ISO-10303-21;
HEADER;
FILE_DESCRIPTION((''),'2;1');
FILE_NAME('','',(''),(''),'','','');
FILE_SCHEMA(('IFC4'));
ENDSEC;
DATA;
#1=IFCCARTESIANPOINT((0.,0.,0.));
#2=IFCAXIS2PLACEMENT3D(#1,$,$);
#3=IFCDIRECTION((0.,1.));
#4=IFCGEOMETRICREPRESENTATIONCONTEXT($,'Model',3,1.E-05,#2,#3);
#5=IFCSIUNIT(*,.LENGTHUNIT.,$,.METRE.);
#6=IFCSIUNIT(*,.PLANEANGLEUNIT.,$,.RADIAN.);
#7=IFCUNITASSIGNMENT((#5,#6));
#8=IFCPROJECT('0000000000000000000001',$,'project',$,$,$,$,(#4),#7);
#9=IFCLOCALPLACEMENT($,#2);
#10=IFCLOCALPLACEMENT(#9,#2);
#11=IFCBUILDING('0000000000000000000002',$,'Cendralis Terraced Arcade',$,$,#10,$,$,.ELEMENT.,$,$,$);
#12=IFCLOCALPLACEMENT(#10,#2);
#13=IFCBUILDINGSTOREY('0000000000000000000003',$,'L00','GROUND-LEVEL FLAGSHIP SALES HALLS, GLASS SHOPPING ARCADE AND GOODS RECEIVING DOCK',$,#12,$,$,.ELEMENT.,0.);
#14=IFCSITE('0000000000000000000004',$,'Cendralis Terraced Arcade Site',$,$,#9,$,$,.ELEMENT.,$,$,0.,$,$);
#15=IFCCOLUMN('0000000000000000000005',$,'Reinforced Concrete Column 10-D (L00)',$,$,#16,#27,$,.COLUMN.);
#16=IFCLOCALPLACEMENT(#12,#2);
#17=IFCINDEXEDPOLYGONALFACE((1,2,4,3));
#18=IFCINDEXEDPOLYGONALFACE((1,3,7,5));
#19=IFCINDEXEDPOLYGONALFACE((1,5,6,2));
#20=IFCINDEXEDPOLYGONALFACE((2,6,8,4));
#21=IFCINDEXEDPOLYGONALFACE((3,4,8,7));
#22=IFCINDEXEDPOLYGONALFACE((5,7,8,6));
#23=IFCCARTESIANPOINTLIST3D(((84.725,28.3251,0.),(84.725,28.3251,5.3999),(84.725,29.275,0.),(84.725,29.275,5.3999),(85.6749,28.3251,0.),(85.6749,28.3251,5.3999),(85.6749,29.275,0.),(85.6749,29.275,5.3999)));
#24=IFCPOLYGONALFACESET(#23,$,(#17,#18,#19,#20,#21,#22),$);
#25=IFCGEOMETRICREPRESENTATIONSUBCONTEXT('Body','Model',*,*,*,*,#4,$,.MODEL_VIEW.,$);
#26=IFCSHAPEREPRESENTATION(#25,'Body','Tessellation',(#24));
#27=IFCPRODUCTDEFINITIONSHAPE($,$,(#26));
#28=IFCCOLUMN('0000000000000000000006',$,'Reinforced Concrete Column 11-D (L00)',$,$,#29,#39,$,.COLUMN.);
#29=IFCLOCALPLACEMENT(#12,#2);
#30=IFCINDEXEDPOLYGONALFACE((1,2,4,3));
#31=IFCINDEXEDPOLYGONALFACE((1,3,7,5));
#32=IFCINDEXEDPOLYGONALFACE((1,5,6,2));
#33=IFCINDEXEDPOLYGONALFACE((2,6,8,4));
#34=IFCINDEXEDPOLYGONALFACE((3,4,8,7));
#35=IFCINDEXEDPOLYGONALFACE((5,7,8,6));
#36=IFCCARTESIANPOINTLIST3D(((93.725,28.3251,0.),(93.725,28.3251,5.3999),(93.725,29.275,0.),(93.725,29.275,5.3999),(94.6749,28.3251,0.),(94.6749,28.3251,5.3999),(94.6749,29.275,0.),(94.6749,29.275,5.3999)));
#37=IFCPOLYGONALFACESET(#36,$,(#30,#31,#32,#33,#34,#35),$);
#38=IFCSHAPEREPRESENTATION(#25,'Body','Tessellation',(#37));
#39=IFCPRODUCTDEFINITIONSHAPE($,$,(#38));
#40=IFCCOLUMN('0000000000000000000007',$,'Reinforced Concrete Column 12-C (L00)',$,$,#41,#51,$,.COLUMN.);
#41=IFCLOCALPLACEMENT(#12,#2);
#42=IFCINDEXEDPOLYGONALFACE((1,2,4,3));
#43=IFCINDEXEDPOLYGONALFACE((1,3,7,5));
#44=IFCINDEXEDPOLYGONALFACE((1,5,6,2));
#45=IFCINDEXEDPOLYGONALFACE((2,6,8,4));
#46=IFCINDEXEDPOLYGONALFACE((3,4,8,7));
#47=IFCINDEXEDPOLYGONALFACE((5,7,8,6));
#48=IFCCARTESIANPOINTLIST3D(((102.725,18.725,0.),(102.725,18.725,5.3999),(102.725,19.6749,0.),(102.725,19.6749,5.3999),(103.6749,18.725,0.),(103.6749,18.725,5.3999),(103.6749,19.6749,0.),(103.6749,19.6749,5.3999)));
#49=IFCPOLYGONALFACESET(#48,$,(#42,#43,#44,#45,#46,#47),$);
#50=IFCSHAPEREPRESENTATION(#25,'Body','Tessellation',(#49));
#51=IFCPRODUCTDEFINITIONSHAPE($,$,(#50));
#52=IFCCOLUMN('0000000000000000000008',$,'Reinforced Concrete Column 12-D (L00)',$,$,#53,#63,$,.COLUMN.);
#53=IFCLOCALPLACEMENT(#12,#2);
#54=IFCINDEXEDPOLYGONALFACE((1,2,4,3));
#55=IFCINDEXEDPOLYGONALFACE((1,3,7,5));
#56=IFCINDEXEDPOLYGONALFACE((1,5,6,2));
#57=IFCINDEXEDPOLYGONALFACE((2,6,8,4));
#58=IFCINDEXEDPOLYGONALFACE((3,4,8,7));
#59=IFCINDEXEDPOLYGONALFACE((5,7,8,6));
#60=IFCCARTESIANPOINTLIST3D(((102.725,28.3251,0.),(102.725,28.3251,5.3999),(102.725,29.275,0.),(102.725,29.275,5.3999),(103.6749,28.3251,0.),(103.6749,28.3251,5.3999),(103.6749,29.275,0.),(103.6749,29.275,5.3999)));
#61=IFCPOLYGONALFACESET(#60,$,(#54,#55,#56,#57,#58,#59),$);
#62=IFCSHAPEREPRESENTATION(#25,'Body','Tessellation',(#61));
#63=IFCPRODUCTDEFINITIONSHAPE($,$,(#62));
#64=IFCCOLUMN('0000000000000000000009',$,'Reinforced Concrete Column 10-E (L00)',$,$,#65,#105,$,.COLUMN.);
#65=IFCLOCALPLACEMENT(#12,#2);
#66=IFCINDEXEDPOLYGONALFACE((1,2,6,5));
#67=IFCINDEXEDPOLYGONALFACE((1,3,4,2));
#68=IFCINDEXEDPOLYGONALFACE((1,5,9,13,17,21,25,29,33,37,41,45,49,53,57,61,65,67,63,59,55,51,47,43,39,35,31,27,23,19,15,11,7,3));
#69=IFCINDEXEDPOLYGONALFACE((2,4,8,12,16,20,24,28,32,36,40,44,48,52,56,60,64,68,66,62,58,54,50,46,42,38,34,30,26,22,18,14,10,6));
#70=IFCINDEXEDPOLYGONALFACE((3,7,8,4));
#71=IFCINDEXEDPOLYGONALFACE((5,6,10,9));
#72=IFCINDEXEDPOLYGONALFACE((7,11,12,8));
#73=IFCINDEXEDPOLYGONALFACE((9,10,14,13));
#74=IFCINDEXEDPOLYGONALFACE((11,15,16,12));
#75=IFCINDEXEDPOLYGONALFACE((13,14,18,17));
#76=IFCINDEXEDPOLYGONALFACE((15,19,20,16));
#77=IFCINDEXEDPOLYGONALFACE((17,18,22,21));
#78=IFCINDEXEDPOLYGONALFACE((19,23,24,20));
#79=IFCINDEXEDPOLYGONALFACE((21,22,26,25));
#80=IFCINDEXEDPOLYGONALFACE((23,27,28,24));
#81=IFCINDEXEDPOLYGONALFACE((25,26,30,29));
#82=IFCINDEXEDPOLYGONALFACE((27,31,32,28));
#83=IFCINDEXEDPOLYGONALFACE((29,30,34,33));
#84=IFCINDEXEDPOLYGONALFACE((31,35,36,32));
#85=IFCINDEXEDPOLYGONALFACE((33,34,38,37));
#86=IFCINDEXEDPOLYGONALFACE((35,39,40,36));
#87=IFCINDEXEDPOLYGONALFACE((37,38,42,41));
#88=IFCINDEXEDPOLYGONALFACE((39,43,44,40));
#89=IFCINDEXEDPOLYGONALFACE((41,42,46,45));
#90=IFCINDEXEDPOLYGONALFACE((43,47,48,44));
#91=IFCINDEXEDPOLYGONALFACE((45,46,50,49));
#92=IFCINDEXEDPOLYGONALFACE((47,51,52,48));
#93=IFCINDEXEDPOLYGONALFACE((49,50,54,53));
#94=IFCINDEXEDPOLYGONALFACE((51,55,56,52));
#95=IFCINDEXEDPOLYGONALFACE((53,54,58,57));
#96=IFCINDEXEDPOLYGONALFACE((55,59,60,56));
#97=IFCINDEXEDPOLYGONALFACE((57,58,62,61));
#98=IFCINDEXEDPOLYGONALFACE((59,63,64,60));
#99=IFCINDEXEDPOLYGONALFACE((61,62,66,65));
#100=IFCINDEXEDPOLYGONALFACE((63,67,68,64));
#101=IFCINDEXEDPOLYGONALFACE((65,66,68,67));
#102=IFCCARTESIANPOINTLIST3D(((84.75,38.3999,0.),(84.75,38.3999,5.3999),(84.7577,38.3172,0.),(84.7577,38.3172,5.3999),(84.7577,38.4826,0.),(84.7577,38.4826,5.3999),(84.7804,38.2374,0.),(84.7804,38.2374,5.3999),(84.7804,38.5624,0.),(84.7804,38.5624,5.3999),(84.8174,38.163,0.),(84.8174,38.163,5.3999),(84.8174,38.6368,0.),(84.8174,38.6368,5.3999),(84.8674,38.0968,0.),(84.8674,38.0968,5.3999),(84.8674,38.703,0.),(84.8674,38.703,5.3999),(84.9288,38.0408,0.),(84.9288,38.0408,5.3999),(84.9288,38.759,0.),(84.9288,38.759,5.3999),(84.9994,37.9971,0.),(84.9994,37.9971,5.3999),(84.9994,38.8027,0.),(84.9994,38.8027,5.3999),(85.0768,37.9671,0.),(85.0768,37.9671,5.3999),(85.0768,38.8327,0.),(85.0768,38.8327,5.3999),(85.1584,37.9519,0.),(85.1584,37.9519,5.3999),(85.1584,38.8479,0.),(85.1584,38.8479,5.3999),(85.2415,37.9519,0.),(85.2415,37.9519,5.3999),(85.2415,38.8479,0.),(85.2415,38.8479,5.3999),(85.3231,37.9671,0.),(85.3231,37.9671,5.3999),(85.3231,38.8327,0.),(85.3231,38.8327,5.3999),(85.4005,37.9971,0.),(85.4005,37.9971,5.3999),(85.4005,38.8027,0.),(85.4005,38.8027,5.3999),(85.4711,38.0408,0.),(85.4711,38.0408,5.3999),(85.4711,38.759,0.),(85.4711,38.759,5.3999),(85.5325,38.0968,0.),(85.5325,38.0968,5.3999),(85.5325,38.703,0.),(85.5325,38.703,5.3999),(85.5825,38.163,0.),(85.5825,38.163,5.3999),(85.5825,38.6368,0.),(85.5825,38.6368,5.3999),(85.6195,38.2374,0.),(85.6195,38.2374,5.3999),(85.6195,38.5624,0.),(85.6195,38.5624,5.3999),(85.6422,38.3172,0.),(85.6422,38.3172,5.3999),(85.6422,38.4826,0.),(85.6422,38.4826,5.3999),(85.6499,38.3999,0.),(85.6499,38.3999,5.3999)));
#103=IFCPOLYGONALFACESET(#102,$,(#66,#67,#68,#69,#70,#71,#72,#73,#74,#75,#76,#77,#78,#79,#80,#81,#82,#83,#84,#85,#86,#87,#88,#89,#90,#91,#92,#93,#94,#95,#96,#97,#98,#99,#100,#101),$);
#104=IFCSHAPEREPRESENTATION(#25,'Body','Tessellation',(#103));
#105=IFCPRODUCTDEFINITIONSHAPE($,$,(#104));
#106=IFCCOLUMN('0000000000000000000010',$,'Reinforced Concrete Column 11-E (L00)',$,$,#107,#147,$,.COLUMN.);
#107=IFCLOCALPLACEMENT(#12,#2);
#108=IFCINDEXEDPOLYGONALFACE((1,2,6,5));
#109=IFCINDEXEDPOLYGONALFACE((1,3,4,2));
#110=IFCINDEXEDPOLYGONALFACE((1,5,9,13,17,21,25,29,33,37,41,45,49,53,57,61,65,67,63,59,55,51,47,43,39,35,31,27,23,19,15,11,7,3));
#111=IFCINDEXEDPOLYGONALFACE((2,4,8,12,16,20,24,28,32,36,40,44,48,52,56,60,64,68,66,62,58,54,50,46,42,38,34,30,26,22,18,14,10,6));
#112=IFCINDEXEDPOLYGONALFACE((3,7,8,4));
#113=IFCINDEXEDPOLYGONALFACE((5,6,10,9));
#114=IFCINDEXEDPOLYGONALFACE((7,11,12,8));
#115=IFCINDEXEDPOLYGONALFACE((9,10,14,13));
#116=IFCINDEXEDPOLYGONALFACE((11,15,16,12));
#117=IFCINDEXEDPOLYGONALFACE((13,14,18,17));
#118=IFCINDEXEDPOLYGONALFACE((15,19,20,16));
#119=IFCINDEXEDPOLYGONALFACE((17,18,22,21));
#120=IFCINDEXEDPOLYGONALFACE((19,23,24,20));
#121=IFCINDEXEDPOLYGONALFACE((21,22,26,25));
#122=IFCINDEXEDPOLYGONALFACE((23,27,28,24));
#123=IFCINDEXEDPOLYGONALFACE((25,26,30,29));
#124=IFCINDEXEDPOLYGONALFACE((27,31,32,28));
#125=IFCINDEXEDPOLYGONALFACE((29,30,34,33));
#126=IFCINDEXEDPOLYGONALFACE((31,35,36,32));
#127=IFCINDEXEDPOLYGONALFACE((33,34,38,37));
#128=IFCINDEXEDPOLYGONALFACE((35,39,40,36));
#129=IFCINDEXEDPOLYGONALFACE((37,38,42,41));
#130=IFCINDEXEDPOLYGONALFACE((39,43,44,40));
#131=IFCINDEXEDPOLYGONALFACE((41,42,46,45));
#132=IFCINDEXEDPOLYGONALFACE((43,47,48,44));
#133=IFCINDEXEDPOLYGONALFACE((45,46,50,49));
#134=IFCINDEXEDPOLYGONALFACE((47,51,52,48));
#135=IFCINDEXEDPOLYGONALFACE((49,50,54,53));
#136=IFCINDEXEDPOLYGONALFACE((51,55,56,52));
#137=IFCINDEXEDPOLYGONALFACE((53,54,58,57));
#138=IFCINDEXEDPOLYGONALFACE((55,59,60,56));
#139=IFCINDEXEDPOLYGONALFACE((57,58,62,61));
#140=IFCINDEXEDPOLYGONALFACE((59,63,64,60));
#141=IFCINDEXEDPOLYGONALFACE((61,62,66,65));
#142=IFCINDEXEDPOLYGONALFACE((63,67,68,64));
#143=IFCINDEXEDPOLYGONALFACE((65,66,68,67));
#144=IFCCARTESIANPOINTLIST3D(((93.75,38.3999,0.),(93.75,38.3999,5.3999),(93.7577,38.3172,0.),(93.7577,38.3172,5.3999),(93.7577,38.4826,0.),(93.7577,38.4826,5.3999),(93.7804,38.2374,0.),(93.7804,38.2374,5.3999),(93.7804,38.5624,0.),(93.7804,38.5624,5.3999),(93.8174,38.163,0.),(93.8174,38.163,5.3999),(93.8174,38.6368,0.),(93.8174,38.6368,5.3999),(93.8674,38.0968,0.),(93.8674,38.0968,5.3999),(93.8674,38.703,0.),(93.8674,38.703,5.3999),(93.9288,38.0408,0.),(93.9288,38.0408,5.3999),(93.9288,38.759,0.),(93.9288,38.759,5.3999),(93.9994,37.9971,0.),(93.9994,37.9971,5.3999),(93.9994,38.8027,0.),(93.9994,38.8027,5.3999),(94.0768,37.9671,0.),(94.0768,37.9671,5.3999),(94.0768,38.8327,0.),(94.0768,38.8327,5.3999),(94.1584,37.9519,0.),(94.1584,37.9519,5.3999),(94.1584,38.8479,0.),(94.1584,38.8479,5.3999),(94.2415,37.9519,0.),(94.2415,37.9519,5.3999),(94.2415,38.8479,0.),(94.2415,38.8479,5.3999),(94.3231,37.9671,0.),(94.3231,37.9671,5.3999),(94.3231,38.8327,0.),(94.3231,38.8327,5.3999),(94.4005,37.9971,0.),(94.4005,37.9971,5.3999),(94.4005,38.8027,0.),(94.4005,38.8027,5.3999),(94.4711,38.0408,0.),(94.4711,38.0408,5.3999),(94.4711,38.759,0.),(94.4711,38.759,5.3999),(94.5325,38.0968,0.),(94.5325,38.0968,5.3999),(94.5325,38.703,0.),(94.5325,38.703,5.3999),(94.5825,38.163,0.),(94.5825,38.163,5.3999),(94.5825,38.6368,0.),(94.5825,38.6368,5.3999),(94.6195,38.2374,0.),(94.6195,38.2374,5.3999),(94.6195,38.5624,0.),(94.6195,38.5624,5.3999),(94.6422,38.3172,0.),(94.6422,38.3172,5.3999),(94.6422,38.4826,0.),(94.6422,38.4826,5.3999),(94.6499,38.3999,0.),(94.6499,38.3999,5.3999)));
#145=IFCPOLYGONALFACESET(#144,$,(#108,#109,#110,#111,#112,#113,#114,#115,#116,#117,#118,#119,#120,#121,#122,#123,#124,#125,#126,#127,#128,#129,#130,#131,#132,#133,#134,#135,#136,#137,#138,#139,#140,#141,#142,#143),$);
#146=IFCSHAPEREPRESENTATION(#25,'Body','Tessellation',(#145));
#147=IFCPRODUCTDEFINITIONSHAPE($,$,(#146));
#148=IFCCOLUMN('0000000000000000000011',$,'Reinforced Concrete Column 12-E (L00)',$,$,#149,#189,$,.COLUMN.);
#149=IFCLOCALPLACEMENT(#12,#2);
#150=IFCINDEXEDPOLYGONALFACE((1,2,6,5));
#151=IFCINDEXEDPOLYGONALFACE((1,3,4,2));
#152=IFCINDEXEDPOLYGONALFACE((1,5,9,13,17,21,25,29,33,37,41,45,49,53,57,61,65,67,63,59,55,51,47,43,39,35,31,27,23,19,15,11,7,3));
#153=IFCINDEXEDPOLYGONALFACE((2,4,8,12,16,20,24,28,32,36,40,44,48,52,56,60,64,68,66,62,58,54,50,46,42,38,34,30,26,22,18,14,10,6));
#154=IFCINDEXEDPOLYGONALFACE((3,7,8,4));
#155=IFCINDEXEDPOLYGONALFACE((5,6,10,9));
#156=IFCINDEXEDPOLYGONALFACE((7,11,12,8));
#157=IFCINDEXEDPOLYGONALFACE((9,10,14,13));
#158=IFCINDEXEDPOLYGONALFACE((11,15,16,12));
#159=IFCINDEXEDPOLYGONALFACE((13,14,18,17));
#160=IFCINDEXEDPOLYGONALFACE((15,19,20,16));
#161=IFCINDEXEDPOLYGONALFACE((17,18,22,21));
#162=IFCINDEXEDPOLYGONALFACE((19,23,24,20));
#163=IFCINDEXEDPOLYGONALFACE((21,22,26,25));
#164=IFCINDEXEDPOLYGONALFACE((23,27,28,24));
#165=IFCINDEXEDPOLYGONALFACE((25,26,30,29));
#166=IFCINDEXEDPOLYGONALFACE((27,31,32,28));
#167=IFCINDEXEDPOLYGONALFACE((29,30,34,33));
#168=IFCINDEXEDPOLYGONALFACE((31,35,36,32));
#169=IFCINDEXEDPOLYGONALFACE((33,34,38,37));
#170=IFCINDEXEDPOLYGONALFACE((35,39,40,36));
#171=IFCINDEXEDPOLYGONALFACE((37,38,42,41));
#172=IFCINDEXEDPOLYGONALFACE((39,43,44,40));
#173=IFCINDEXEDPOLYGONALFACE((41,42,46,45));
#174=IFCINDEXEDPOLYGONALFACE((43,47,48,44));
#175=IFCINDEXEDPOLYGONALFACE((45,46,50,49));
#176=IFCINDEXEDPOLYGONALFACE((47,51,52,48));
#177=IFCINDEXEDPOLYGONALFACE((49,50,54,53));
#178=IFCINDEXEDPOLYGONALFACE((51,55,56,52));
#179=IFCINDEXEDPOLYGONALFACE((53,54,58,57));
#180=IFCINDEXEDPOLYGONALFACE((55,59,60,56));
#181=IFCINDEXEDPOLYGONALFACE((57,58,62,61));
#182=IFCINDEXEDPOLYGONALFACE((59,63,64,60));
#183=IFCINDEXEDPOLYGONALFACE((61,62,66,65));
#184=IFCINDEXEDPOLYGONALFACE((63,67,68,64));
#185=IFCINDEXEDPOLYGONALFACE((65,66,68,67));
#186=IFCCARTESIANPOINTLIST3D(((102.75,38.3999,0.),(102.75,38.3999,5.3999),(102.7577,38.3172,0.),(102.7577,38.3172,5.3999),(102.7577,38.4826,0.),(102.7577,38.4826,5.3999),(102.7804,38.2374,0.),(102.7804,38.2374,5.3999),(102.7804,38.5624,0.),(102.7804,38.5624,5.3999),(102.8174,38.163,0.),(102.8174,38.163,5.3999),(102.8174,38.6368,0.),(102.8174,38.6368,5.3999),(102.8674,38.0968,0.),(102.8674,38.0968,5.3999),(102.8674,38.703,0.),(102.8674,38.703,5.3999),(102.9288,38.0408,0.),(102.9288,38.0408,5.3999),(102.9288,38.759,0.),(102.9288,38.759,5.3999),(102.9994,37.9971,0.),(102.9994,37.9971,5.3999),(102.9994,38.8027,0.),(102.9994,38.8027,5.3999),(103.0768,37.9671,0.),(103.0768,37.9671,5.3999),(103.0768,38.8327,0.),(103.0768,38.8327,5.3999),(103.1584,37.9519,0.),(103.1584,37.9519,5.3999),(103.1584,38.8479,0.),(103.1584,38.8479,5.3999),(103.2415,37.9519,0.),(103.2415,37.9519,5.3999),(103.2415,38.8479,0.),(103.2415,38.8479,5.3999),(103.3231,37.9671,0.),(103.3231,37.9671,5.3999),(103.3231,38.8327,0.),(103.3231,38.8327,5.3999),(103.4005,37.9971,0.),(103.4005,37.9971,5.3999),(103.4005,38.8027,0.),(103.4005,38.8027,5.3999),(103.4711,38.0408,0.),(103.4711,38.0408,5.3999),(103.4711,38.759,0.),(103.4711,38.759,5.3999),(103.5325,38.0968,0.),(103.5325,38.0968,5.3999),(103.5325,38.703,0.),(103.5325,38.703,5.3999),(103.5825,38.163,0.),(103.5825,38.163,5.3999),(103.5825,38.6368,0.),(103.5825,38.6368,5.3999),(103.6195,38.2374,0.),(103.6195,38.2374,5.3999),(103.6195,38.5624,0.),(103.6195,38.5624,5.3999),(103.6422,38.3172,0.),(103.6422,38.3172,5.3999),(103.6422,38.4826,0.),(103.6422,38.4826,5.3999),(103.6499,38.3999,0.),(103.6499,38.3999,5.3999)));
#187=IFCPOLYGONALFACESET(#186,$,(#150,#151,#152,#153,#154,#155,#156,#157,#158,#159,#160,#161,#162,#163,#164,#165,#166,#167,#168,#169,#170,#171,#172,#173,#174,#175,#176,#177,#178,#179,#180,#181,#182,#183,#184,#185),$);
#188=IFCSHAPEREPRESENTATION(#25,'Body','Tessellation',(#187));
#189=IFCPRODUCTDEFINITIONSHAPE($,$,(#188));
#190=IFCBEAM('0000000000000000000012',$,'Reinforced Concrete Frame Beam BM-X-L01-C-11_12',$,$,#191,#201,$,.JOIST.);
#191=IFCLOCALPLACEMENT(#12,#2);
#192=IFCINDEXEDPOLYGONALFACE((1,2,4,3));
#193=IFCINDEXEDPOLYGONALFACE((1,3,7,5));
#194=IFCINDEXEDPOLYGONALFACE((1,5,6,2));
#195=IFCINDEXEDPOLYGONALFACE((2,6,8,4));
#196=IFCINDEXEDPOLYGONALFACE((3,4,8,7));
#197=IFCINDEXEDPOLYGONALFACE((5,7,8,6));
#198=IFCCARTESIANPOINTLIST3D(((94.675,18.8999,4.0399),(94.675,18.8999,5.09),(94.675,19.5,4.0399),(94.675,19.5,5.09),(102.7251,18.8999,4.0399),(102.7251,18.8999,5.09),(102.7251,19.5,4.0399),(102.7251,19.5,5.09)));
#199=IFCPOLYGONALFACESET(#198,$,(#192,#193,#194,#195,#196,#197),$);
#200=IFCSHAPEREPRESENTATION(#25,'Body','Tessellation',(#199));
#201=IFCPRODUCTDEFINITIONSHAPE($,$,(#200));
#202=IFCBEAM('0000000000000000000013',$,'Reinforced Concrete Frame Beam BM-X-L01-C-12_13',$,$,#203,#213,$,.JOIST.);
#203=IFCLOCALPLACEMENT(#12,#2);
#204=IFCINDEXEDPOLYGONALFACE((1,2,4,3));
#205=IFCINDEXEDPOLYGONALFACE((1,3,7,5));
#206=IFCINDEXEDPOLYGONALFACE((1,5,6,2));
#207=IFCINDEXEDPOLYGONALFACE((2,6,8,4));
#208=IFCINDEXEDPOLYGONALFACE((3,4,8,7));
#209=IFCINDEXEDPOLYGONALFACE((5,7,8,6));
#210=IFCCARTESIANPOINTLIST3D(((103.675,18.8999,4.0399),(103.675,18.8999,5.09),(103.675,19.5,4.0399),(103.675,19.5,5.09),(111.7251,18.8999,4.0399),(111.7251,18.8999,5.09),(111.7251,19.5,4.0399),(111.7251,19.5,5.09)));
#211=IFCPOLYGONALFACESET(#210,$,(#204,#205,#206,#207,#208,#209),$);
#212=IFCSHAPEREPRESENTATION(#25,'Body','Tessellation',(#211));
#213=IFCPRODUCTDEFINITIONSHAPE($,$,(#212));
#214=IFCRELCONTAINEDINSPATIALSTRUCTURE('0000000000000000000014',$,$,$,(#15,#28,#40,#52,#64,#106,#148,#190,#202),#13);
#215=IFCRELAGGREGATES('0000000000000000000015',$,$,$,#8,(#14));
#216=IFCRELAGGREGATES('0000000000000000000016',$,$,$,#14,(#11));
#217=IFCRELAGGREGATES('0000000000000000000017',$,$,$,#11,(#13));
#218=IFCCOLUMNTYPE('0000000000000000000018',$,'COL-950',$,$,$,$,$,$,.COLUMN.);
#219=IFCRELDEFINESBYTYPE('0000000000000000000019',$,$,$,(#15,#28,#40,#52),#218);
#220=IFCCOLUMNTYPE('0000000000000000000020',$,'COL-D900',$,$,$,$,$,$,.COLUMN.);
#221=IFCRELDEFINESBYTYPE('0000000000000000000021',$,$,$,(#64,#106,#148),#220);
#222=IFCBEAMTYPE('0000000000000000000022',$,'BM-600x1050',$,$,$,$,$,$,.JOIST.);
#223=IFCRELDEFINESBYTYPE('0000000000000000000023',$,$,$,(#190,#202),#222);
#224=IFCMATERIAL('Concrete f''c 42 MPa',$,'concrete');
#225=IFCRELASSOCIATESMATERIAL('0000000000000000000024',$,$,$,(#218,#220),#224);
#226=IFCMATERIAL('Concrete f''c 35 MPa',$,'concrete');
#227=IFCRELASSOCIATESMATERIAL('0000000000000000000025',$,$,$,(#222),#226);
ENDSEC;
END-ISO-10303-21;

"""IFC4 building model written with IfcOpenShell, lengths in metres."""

from ifc_helpers import new_model, si_unit, direction, frame, origin, origin_2d, place, context, subcontext, project, spatial, rectangle, circle, extrude, material, material_profile, profile_set, type_object, element, save


model = new_model("IFC4")

# Units and contexts
model_context = context("Model", 3, precision=1e-05, world=origin(), true_north=direction((0.0, 1.0)))
body_context = subcontext(model_context, "Body", "Model", "MODEL_VIEW")
ifc_project = project(units=[si_unit("LENGTHUNIT", "METRE"), si_unit("PLANEANGLEUNIT", "RADIAN")], contexts=[model_context])

# Site, building, storey
site_placement = place(None, origin())
site = spatial("IfcSite", under=ifc_project, at=site_placement, Name="Cendralis Terraced Arcade Site", CompositionType="ELEMENT", RefElevation=0.0)
building_placement = place(site_placement, origin())
building = spatial("IfcBuilding", under=site, at=building_placement, Name="Cendralis Terraced Arcade", CompositionType="ELEMENT")
storey_placement = place(building_placement, origin())
storey = spatial("IfcBuildingStorey", under=building, at=storey_placement, Name="L00", Description="GROUND-LEVEL FLAGSHIP SALES HALLS, GLASS SHOPPING ARCADE AND GOODS RECEIVING DOCK", CompositionType="ELEMENT", Elevation=0.0)

# Columns
ifc_material_1 = material(Name="Concrete f'c 42 MPa", Category="concrete")
ifc_material_profile_1 = material_profile(ifc_material_1, rectangle(XDim=0.95, YDim=0.95, at=origin_2d()), Name="RC-COL-950x950", Category="LoadBearing")
ifc_profile_set_1 = profile_set([ifc_material_profile_1], Name="Concrete f'c 42 MPa")
column_type_1 = type_object("IfcColumnType", Name="COL-950", PredefinedType="COLUMN", material=ifc_profile_set_1)
for number, where, z_axis, x_axis, name in (
    (1, (85.2, 28.8, 0.0), (0.0, 0.0, 1.0), (1.0, 0.0, 0.0), "Reinforced Concrete Column 10-D (L00)"),
    (2, (94.2, 28.8, 0.0), (0.0, 0.0, 1.0), (1.0, 0.0, 0.0), "Reinforced Concrete Column 11-D (L00)"),
    (3, (103.2, 19.2, 0.0), (0.0, 0.0, 1.0), (1.0, 0.0, 0.0), "Reinforced Concrete Column 12-C (L00)"),
    (4, (103.2, 28.8, 0.0), (0.0, 0.0, 1.0), (1.0, 0.0, 0.0), "Reinforced Concrete Column 12-D (L00)"),
):
    element("IfcColumn", number, at=place(storey_placement, frame(where, z_axis=z_axis, x_axis=x_axis)), inside=storey, type_object=column_type_1, Name=name, PredefinedType="COLUMN", context=body_context, shape_type="SweptSolid", body=[
        extrude(rectangle(XDim=0.95, YDim=0.95, at=origin_2d()), origin(), (0.0, 0.0, 1.0), 5.3999),
    ])
ifc_material_profile_2 = material_profile(ifc_material_1, circle(Radius=0.45, at=origin_2d()), Name="RC-COL-D900", Category="LoadBearing")
ifc_profile_set_2 = profile_set([ifc_material_profile_2], Name="Concrete f'c 42 MPa")
column_type_2 = type_object("IfcColumnType", Name="COL-D900", PredefinedType="COLUMN", material=ifc_profile_set_2)
for number, where, z_axis, x_axis, name in (
    (5, (85.2, 38.3999, 0.0), (0.0, 0.0, 1.0), (1.0, 0.0, 0.0), "Reinforced Concrete Column 10-E (L00)"),
    (6, (94.2, 38.3999, 0.0), (0.0, 0.0, 1.0), (1.0, 0.0, 0.0), "Reinforced Concrete Column 11-E (L00)"),
    (7, (103.2, 38.3999, 0.0), (0.0, 0.0, 1.0), (1.0, 0.0, 0.0), "Reinforced Concrete Column 12-E (L00)"),
):
    element("IfcColumn", number, at=place(storey_placement, frame(where, z_axis=z_axis, x_axis=x_axis)), inside=storey, type_object=column_type_2, Name=name, PredefinedType="COLUMN", context=body_context, shape_type="SweptSolid", body=[
        extrude(circle(Radius=0.45, at=origin_2d()), origin(), (0.0, 0.0, 1.0), 5.3999),
    ])

# Beams
ifc_material_2 = material(Name="Concrete f'c 35 MPa", Category="concrete")
ifc_material_profile_3 = material_profile(ifc_material_2, rectangle(XDim=0.6001, YDim=1.05, at=origin_2d()), Name="RC-BM-600x1050", Category="LoadBearing")
ifc_profile_set_3 = profile_set([ifc_material_profile_3], Name="Concrete f'c 35 MPa")
beam_type = type_object("IfcBeamType", Name="BM-600x1050", PredefinedType="JOIST", material=ifc_profile_set_3)
for number, where, z_axis, x_axis, name in (
    (8, (94.675, 19.2, 4.5649), (1.0, 0.0, 0.0), (0.0, 1.0, 0.0), "Reinforced Concrete Frame Beam BM-X-L01-C-11_12"),
    (9, (103.675, 19.2, 4.5649), (1.0, 0.0, 0.0), (0.0, 1.0, 0.0), "Reinforced Concrete Frame Beam BM-X-L01-C-12_13"),
):
    element("IfcBeam", number, at=place(storey_placement, frame(where, z_axis=z_axis, x_axis=x_axis)), inside=storey, type_object=beam_type, Name=name, PredefinedType="JOIST", context=body_context, shape_type="SweptSolid", body=[
        extrude(rectangle(XDim=0.6001, YDim=1.05, at=origin_2d()), origin(), (0.0, 0.0, 1.0), 8.05),
    ])

save(model, "model.ifc")
